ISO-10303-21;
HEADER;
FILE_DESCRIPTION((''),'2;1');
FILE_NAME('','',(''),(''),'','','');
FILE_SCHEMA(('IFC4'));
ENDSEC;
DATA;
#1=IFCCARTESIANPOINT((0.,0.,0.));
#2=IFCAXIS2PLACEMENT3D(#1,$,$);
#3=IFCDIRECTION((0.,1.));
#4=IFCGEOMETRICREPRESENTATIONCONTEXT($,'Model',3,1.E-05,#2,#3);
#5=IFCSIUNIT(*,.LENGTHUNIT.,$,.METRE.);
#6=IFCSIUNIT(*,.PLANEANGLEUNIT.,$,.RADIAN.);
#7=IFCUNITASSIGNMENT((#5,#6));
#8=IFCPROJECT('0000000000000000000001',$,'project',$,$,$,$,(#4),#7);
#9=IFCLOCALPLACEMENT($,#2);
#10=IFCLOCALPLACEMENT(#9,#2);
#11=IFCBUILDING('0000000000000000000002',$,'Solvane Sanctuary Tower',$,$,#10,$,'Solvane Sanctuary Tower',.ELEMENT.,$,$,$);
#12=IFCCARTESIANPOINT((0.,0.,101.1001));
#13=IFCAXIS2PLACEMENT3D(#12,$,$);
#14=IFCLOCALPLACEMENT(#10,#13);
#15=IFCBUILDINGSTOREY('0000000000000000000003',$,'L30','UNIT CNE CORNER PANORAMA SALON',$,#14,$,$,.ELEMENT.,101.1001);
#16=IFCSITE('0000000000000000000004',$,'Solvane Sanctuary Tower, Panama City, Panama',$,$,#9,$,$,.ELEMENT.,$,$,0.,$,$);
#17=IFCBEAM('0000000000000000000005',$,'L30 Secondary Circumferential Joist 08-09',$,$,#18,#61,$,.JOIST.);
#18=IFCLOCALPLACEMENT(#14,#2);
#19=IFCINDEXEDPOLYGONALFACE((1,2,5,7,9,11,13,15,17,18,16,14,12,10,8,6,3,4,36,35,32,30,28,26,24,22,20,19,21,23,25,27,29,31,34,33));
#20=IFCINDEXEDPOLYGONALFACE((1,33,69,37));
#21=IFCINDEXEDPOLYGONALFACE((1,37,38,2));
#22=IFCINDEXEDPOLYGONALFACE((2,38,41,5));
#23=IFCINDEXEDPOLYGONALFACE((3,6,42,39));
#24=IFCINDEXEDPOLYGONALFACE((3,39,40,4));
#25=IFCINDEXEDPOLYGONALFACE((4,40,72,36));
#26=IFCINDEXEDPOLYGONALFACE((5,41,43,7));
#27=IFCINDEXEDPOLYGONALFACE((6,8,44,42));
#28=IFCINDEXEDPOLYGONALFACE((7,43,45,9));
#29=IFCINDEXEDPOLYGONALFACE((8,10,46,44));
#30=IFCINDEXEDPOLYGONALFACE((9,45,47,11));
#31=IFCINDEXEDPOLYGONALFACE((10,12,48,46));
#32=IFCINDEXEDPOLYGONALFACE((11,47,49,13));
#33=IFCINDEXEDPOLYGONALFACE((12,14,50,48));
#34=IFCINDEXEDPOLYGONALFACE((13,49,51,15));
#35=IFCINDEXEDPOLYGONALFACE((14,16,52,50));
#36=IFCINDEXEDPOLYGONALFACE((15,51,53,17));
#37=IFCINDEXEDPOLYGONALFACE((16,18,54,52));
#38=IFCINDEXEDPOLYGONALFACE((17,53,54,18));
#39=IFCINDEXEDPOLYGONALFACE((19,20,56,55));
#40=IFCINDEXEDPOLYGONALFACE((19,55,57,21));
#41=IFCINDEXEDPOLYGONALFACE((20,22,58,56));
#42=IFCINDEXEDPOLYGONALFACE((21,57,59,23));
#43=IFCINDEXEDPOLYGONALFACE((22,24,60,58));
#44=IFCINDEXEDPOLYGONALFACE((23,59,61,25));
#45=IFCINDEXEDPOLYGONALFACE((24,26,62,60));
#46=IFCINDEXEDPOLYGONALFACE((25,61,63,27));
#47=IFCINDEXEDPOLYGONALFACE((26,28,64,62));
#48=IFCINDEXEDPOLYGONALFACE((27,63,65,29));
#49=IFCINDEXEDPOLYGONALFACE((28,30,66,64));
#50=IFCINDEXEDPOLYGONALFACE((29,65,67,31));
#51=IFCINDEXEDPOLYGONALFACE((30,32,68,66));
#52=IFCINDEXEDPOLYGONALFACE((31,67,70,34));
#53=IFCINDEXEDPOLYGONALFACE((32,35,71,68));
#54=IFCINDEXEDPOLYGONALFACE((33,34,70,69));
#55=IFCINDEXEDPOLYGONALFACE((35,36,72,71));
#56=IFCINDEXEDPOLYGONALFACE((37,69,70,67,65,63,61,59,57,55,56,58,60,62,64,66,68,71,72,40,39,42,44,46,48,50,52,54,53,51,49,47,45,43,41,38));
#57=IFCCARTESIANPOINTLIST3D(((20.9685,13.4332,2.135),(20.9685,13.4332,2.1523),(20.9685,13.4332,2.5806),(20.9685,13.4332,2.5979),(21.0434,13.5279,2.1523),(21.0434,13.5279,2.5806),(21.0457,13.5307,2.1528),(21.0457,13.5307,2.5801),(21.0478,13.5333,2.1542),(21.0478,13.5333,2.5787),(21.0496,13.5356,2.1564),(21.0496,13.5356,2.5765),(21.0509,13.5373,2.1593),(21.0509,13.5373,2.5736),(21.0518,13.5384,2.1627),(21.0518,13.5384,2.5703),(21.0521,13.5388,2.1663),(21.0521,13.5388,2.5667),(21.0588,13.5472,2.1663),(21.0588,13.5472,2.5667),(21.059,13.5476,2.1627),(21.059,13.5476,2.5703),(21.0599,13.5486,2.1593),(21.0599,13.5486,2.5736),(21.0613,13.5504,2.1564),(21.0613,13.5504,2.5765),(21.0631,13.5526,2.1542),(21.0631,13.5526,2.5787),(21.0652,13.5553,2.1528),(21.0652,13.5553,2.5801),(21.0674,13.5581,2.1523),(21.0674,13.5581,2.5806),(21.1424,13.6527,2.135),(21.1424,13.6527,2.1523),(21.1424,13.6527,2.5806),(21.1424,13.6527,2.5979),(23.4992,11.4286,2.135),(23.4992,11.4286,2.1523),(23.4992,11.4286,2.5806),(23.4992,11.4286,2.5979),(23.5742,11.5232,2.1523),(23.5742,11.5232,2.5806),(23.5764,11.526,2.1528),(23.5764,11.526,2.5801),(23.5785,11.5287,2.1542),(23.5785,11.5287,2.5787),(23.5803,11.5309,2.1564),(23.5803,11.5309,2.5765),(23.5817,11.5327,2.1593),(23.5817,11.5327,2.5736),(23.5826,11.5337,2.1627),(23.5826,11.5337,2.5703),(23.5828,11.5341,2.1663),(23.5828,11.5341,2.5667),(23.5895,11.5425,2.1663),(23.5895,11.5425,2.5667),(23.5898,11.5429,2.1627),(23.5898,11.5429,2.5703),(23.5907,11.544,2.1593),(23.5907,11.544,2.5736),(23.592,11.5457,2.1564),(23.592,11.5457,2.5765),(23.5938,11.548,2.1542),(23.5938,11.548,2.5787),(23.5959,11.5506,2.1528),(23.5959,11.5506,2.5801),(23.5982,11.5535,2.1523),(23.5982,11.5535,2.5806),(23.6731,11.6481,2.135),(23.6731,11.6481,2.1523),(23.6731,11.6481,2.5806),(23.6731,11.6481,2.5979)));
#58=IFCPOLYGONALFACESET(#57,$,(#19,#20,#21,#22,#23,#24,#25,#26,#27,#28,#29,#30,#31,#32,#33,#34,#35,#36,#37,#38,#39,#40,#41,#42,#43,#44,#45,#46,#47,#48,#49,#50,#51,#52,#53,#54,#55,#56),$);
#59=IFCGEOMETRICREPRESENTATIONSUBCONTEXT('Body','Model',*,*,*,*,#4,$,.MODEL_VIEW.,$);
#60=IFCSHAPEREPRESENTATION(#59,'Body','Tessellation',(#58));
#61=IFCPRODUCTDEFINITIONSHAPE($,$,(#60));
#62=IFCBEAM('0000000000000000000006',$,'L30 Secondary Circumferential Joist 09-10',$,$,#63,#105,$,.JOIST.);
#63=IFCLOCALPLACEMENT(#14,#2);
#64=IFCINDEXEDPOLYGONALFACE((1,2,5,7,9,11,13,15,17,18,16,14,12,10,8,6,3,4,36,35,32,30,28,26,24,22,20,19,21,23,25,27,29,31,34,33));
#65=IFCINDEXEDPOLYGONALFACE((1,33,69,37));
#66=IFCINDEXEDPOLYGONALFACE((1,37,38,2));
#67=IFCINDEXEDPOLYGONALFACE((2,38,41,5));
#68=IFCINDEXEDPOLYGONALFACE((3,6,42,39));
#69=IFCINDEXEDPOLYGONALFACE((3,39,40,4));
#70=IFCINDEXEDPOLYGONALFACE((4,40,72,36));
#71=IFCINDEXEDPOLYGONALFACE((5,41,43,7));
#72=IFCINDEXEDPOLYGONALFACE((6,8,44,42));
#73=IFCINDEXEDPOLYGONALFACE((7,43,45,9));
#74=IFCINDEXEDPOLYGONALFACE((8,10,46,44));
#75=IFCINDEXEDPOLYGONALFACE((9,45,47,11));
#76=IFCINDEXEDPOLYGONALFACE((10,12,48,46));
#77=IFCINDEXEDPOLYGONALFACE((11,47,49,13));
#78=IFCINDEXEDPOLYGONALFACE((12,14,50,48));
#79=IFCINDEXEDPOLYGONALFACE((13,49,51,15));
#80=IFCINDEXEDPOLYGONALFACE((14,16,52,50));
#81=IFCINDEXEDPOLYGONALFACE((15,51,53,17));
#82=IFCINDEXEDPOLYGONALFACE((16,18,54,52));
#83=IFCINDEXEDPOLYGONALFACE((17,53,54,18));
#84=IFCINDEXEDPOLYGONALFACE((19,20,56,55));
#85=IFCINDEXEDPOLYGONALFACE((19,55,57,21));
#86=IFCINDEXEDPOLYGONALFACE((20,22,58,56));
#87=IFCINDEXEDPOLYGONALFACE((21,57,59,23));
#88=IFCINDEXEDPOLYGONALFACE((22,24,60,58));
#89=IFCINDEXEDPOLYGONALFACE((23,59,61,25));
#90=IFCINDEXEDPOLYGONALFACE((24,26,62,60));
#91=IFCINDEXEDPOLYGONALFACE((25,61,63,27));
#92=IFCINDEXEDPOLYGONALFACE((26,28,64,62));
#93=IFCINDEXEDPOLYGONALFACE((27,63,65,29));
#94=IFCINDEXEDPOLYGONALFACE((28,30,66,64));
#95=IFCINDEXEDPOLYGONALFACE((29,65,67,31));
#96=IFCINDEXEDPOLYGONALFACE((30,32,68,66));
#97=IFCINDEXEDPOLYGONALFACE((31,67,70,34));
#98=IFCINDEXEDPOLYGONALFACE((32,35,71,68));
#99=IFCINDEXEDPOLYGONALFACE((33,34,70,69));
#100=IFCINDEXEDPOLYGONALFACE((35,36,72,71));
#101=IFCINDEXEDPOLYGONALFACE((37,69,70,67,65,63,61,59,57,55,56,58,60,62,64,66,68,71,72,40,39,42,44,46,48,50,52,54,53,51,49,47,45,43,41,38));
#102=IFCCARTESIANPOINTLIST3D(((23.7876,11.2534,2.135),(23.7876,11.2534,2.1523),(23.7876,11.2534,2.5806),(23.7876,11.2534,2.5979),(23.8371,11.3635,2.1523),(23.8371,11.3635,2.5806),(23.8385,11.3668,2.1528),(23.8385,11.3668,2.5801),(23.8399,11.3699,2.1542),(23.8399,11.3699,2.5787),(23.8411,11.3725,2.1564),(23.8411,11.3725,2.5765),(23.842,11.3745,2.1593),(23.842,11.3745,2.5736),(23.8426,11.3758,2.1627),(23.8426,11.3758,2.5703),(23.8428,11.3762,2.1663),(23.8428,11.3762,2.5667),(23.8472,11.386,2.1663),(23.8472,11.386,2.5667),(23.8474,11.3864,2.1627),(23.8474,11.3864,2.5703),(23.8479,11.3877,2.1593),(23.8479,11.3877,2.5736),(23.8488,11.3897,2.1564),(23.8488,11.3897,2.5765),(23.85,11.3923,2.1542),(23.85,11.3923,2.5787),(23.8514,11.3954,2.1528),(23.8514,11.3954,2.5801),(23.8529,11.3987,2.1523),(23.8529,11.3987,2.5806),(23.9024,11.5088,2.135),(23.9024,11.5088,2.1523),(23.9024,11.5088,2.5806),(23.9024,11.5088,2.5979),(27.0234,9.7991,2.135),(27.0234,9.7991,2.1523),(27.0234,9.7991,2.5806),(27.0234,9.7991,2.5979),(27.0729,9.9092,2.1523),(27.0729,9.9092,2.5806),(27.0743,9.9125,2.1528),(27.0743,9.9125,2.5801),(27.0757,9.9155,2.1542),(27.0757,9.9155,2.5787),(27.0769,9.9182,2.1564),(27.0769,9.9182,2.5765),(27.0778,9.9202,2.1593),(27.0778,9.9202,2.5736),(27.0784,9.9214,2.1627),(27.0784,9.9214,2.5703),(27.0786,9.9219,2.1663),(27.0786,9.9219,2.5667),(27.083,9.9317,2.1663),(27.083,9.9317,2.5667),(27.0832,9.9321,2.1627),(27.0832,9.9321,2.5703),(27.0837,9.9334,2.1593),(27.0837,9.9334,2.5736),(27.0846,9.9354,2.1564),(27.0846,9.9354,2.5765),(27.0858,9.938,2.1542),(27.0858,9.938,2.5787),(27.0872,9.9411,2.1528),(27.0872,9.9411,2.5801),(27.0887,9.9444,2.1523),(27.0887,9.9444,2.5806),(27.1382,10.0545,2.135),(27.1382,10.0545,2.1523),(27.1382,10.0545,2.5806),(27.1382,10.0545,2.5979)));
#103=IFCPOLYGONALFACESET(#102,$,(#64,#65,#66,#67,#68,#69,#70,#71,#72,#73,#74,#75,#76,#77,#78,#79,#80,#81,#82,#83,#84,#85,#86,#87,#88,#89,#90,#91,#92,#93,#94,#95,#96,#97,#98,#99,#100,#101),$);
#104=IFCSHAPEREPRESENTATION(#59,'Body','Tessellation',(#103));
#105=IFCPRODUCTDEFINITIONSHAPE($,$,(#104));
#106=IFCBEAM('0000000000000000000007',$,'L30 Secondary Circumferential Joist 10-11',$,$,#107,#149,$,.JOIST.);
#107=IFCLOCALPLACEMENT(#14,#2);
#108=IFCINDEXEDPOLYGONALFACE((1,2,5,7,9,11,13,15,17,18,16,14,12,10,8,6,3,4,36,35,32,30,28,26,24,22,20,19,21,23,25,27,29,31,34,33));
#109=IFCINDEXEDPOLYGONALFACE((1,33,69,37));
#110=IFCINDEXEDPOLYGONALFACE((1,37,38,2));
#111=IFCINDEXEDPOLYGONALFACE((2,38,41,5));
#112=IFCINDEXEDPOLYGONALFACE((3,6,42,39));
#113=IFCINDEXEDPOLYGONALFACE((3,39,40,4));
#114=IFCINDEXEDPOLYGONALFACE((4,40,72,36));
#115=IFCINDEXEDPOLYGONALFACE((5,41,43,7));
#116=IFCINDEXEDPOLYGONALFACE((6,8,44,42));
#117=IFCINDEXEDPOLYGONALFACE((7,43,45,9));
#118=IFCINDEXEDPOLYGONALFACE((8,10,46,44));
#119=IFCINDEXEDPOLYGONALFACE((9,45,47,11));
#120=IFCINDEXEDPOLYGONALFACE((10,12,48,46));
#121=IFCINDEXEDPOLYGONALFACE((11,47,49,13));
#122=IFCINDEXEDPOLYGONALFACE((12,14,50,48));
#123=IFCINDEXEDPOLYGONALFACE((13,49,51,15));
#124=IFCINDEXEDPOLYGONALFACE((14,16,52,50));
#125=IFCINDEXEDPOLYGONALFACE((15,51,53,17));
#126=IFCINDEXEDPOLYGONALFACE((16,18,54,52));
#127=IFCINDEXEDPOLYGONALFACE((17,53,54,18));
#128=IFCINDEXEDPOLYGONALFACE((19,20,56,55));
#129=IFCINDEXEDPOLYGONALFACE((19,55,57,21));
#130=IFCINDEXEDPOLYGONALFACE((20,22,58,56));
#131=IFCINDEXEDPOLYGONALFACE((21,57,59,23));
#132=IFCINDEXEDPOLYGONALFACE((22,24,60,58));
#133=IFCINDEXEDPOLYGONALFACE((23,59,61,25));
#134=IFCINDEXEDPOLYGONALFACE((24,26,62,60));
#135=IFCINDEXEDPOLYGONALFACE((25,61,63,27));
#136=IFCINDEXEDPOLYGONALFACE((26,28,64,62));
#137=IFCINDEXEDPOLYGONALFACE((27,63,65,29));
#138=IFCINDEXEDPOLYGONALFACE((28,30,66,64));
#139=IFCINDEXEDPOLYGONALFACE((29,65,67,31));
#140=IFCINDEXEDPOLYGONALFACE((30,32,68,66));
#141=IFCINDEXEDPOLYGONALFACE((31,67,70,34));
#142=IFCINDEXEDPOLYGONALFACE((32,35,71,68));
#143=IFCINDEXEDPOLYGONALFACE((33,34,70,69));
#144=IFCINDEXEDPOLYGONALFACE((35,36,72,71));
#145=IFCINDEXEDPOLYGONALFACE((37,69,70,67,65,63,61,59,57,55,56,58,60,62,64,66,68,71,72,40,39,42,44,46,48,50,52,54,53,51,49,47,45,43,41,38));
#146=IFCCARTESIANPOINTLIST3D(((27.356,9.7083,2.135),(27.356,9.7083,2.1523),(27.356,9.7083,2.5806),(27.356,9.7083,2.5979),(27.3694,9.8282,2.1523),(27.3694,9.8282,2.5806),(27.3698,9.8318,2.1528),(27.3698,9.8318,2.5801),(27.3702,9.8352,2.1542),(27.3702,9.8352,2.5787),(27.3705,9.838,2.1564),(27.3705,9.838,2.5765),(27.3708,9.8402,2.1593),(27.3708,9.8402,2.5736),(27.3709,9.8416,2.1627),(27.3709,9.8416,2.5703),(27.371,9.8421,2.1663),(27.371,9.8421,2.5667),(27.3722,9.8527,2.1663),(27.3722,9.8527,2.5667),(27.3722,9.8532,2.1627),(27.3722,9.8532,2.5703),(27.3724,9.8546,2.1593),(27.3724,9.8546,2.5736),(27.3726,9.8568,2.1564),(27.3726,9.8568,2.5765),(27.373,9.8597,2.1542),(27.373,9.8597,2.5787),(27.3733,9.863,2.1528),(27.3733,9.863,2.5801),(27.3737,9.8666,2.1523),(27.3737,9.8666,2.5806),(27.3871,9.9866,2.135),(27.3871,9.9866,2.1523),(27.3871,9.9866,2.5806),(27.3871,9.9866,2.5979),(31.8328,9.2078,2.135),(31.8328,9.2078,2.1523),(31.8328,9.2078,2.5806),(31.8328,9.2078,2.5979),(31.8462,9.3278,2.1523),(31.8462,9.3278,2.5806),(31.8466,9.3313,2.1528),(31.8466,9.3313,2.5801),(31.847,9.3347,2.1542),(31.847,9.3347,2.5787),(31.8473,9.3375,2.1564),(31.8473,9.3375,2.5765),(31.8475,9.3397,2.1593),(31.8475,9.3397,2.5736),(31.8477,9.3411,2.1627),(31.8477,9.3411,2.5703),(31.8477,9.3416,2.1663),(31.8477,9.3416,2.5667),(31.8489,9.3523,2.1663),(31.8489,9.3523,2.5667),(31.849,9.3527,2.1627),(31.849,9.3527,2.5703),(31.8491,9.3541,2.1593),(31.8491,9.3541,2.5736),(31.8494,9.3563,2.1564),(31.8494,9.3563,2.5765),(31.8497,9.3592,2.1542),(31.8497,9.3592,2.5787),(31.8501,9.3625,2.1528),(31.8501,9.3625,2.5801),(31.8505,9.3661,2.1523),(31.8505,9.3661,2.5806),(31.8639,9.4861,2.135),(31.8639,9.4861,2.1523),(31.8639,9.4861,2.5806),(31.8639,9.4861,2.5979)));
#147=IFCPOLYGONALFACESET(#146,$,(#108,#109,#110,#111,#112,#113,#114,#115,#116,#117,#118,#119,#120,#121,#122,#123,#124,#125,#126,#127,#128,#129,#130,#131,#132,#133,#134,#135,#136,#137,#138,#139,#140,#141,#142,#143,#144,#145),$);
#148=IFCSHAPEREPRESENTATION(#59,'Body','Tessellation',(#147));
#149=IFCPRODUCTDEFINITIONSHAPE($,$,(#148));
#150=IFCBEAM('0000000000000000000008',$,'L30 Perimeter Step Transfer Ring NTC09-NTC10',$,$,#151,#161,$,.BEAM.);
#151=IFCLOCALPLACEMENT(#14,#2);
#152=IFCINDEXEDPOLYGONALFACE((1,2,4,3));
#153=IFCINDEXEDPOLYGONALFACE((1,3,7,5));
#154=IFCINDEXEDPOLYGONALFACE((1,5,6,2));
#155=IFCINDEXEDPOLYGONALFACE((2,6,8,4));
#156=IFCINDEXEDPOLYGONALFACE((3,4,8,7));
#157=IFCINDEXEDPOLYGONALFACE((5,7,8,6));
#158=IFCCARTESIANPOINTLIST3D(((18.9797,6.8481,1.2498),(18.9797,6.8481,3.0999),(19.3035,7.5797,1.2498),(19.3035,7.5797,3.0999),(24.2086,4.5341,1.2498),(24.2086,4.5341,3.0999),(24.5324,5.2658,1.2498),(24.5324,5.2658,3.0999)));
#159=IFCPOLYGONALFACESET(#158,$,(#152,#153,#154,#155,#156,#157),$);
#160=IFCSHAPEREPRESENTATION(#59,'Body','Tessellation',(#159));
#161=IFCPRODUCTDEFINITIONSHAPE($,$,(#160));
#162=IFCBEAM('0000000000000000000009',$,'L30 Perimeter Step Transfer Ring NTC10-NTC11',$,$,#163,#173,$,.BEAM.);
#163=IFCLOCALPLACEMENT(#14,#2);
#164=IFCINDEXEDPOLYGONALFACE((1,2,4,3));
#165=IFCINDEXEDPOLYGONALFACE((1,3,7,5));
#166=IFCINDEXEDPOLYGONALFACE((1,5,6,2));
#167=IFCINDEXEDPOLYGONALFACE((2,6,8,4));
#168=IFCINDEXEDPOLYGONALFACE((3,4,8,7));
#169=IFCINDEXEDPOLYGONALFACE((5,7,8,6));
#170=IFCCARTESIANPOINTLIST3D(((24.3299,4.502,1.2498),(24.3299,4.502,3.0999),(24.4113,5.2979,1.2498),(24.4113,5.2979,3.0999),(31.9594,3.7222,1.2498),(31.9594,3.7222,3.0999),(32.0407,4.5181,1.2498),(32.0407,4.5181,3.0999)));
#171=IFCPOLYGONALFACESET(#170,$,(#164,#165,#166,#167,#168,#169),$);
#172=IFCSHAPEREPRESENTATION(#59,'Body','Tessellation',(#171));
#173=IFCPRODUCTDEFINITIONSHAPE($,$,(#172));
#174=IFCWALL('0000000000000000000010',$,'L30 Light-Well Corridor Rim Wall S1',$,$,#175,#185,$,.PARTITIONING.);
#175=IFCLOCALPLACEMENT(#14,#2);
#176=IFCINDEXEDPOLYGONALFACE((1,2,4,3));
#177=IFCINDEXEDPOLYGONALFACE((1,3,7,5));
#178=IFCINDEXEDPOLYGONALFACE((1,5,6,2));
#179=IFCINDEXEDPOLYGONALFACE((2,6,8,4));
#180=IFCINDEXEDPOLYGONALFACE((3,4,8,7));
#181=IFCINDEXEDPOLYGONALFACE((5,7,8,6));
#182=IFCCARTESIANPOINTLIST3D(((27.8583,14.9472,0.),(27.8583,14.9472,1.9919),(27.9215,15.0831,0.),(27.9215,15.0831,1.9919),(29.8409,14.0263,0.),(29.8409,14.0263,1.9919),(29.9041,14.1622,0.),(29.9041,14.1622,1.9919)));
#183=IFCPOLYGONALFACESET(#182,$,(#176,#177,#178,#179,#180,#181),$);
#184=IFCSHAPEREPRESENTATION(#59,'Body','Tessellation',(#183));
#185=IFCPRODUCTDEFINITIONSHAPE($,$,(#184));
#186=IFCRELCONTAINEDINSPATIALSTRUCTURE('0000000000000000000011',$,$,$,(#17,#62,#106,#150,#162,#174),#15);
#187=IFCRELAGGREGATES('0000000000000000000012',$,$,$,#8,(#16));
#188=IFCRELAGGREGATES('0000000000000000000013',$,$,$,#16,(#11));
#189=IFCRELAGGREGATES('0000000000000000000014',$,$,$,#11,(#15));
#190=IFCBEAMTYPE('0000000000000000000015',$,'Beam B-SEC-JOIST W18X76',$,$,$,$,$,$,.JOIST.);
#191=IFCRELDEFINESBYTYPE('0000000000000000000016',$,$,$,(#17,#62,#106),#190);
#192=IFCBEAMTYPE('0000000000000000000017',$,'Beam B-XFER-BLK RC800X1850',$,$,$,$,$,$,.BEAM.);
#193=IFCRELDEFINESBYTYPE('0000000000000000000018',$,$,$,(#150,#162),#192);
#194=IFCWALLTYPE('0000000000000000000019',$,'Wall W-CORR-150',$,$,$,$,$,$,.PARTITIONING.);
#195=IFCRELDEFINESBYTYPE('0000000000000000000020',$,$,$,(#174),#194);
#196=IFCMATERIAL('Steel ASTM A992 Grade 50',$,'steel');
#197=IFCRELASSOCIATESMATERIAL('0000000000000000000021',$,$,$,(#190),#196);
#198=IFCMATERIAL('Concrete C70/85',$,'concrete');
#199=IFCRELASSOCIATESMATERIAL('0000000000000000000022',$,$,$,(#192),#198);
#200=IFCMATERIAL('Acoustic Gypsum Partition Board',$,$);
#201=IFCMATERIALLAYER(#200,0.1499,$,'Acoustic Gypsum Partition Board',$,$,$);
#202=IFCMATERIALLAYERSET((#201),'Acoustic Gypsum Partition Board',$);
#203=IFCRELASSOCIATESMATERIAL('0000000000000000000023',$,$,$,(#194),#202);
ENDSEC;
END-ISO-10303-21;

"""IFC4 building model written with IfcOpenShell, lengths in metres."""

from ifc_helpers import new_model, si_unit, direction, frame, frame_2d, origin, origin_2d, place, context, subcontext, project, spatial, rectangle, i_section, extrude, material, layer, layer_set, material_profile, profile_set, type_object, element, save


model = new_model("IFC4")

# Units and contexts
model_context = context("Model", 3, precision=1e-05, world=origin(), true_north=direction((0.0, 1.0)))
body_context = subcontext(model_context, "Body", "Model", "MODEL_VIEW")
ifc_project = project(units=[si_unit("LENGTHUNIT", "METRE"), si_unit("PLANEANGLEUNIT", "RADIAN")], contexts=[model_context])

# Site, building, storey
site_placement = place(None, origin())
site = spatial("IfcSite", under=ifc_project, at=site_placement, Name="Solvane Sanctuary Tower, Panama City, Panama", CompositionType="ELEMENT", RefElevation=0.0)
building_placement = place(site_placement, origin())
building = spatial("IfcBuilding", under=site, at=building_placement, Name="Solvane Sanctuary Tower", LongName="Solvane Sanctuary Tower", CompositionType="ELEMENT")
storey_placement = place(building_placement, frame((0.0, 0.0, 101.1001)))
storey = spatial("IfcBuildingStorey", under=building, at=storey_placement, Name="L30", Description="UNIT CNE CORNER PANORAMA SALON", CompositionType="ELEMENT", Elevation=101.1001)

# Beams
ifc_material_1 = material(Name="Steel ASTM A992 Grade 50", Category="steel")
ifc_material_profile_1 = material_profile(ifc_material_1, i_section(OverallWidth=0.28, OverallDepth=0.4629, WebThickness=0.0107, FlangeThickness=0.0173, FilletRadius=0.0139, at=origin_2d()), Name="W18X76")
ifc_profile_set_1 = profile_set([ifc_material_profile_1], Name="Steel ASTM A992 Grade 50")
beam_type_1 = type_object("IfcBeamType", Name="Beam B-SEC-JOIST W18X76", PredefinedType="JOIST", material=ifc_profile_set_1)
beam_1_placement = place(storey_placement, frame((21.0554, 13.543, 2.3665), z_axis=(0.783877, -0.620916, 0.0), x_axis=(0.620916, 0.783877, 0.0)))
element("IfcBeam", 1, at=beam_1_placement, inside=storey, type_object=beam_type_1, Name="L30 Secondary Circumferential Joist 08-09", PredefinedType="JOIST", context=body_context, shape_type="SweptSolid", body=[
    extrude(i_section(OverallWidth=0.28, OverallDepth=0.4629, WebThickness=0.0107, FlangeThickness=0.0173, FilletRadius=0.0139, at=origin_2d()), origin(), (0.0, 0.0, 1.0), 3.2285),
])
beam_2_placement = place(storey_placement, frame((23.845, 11.3811, 2.3665), z_axis=(0.912109, -0.409947, 0.0), x_axis=(0.409947, 0.912109, 0.0)))
element("IfcBeam", 2, at=beam_2_placement, inside=storey, type_object=beam_type_1, Name="L30 Secondary Circumferential Joist 09-10", PredefinedType="JOIST", context=body_context, shape_type="SweptSolid", body=[
    extrude(i_section(OverallWidth=0.28, OverallDepth=0.4629, WebThickness=0.0107, FlangeThickness=0.0173, FilletRadius=0.0139, at=origin_2d()), origin(), (0.0, 0.0, 1.0), 3.5476),
])
beam_3_placement = place(storey_placement, frame((27.3716, 9.8474, 2.3665), z_axis=(0.993809, -0.111104, 0.0), x_axis=(0.111104, 0.993809, 0.0)))
element("IfcBeam", 3, at=beam_3_placement, inside=storey, type_object=beam_type_1, Name="L30 Secondary Circumferential Joist 10-11", PredefinedType="JOIST", context=body_context, shape_type="SweptSolid", body=[
    extrude(i_section(OverallWidth=0.28, OverallDepth=0.4629, WebThickness=0.0107, FlangeThickness=0.0173, FilletRadius=0.0139, at=origin_2d()), origin(), (0.0, 0.0, 1.0), 4.5046),
])
ifc_material_2 = material(Name="Concrete C70/85", Category="concrete")
ifc_material_profile_2 = material_profile(ifc_material_2, rectangle(XDim=0.8, YDim=1.8501, at=origin_2d()), Name="RC800X1850")
ifc_profile_set_2 = profile_set([ifc_material_profile_2], Name="Concrete C70/85")
beam_type_2 = type_object("IfcBeamType", Name="Beam B-XFER-BLK RC800X1850", PredefinedType="BEAM", material=ifc_profile_set_2)
beam_4_placement = place(storey_placement, frame((19.1416, 7.2139, 2.1748), z_axis=(0.914462, -0.404672, 0.0), x_axis=(0.404672, 0.914462, 0.0)))
element("IfcBeam", 4, at=beam_4_placement, inside=storey, type_object=beam_type_2, Name="L30 Perimeter Step Transfer Ring NTC09-NTC10", PredefinedType="BEAM", context=body_context, shape_type="SweptSolid", body=[
    extrude(rectangle(XDim=0.8, YDim=1.8501, at=origin_2d()), origin(), (0.0, 0.0, 1.0), 5.718),
])
beam_5_placement = place(storey_placement, frame((24.3706, 4.8999, 2.1748), z_axis=(0.994817, -0.101678, 0.0), x_axis=(0.101678, 0.994817, 0.0)))
element("IfcBeam", 5, at=beam_5_placement, inside=storey, type_object=beam_type_2, Name="L30 Perimeter Step Transfer Ring NTC10-NTC11", PredefinedType="BEAM", context=body_context, shape_type="SweptSolid", body=[
    extrude(rectangle(XDim=0.8, YDim=1.8501, at=origin_2d()), origin(), (0.0, 0.0, 1.0), 7.6692),
])

# Wall
ifc_material_3 = material(Name="Acoustic Gypsum Partition Board")
ifc_layer_1 = layer(ifc_material_3, 0.1499, Name="Acoustic Gypsum Partition Board")
ifc_layer_set_1 = layer_set([ifc_layer_1], Name="Acoustic Gypsum Partition Board")
wall_type_1 = type_object("IfcWallType", Name="Wall W-CORR-150", PredefinedType="PARTITIONING", material=ifc_layer_set_1)
wall_1_placement = place(storey_placement, frame((27.8899, 15.0151, 0.0), z_axis=(0.0, 0.0, 1.0), x_axis=(0.906943, -0.421252, 0.0)))
element("IfcWall", 6, at=wall_1_placement, inside=storey, type_object=wall_type_1, Name="L30 Light-Well Corridor Rim Wall S1", PredefinedType="PARTITIONING", context=body_context, shape_type="SweptSolid", body=[
    extrude(rectangle(XDim=2.186, YDim=0.1499, at=frame_2d((1.093, 0.0))), origin(), (0.0, 0.0, 1.0), 1.9919),
])

save(model, "model.ifc")
